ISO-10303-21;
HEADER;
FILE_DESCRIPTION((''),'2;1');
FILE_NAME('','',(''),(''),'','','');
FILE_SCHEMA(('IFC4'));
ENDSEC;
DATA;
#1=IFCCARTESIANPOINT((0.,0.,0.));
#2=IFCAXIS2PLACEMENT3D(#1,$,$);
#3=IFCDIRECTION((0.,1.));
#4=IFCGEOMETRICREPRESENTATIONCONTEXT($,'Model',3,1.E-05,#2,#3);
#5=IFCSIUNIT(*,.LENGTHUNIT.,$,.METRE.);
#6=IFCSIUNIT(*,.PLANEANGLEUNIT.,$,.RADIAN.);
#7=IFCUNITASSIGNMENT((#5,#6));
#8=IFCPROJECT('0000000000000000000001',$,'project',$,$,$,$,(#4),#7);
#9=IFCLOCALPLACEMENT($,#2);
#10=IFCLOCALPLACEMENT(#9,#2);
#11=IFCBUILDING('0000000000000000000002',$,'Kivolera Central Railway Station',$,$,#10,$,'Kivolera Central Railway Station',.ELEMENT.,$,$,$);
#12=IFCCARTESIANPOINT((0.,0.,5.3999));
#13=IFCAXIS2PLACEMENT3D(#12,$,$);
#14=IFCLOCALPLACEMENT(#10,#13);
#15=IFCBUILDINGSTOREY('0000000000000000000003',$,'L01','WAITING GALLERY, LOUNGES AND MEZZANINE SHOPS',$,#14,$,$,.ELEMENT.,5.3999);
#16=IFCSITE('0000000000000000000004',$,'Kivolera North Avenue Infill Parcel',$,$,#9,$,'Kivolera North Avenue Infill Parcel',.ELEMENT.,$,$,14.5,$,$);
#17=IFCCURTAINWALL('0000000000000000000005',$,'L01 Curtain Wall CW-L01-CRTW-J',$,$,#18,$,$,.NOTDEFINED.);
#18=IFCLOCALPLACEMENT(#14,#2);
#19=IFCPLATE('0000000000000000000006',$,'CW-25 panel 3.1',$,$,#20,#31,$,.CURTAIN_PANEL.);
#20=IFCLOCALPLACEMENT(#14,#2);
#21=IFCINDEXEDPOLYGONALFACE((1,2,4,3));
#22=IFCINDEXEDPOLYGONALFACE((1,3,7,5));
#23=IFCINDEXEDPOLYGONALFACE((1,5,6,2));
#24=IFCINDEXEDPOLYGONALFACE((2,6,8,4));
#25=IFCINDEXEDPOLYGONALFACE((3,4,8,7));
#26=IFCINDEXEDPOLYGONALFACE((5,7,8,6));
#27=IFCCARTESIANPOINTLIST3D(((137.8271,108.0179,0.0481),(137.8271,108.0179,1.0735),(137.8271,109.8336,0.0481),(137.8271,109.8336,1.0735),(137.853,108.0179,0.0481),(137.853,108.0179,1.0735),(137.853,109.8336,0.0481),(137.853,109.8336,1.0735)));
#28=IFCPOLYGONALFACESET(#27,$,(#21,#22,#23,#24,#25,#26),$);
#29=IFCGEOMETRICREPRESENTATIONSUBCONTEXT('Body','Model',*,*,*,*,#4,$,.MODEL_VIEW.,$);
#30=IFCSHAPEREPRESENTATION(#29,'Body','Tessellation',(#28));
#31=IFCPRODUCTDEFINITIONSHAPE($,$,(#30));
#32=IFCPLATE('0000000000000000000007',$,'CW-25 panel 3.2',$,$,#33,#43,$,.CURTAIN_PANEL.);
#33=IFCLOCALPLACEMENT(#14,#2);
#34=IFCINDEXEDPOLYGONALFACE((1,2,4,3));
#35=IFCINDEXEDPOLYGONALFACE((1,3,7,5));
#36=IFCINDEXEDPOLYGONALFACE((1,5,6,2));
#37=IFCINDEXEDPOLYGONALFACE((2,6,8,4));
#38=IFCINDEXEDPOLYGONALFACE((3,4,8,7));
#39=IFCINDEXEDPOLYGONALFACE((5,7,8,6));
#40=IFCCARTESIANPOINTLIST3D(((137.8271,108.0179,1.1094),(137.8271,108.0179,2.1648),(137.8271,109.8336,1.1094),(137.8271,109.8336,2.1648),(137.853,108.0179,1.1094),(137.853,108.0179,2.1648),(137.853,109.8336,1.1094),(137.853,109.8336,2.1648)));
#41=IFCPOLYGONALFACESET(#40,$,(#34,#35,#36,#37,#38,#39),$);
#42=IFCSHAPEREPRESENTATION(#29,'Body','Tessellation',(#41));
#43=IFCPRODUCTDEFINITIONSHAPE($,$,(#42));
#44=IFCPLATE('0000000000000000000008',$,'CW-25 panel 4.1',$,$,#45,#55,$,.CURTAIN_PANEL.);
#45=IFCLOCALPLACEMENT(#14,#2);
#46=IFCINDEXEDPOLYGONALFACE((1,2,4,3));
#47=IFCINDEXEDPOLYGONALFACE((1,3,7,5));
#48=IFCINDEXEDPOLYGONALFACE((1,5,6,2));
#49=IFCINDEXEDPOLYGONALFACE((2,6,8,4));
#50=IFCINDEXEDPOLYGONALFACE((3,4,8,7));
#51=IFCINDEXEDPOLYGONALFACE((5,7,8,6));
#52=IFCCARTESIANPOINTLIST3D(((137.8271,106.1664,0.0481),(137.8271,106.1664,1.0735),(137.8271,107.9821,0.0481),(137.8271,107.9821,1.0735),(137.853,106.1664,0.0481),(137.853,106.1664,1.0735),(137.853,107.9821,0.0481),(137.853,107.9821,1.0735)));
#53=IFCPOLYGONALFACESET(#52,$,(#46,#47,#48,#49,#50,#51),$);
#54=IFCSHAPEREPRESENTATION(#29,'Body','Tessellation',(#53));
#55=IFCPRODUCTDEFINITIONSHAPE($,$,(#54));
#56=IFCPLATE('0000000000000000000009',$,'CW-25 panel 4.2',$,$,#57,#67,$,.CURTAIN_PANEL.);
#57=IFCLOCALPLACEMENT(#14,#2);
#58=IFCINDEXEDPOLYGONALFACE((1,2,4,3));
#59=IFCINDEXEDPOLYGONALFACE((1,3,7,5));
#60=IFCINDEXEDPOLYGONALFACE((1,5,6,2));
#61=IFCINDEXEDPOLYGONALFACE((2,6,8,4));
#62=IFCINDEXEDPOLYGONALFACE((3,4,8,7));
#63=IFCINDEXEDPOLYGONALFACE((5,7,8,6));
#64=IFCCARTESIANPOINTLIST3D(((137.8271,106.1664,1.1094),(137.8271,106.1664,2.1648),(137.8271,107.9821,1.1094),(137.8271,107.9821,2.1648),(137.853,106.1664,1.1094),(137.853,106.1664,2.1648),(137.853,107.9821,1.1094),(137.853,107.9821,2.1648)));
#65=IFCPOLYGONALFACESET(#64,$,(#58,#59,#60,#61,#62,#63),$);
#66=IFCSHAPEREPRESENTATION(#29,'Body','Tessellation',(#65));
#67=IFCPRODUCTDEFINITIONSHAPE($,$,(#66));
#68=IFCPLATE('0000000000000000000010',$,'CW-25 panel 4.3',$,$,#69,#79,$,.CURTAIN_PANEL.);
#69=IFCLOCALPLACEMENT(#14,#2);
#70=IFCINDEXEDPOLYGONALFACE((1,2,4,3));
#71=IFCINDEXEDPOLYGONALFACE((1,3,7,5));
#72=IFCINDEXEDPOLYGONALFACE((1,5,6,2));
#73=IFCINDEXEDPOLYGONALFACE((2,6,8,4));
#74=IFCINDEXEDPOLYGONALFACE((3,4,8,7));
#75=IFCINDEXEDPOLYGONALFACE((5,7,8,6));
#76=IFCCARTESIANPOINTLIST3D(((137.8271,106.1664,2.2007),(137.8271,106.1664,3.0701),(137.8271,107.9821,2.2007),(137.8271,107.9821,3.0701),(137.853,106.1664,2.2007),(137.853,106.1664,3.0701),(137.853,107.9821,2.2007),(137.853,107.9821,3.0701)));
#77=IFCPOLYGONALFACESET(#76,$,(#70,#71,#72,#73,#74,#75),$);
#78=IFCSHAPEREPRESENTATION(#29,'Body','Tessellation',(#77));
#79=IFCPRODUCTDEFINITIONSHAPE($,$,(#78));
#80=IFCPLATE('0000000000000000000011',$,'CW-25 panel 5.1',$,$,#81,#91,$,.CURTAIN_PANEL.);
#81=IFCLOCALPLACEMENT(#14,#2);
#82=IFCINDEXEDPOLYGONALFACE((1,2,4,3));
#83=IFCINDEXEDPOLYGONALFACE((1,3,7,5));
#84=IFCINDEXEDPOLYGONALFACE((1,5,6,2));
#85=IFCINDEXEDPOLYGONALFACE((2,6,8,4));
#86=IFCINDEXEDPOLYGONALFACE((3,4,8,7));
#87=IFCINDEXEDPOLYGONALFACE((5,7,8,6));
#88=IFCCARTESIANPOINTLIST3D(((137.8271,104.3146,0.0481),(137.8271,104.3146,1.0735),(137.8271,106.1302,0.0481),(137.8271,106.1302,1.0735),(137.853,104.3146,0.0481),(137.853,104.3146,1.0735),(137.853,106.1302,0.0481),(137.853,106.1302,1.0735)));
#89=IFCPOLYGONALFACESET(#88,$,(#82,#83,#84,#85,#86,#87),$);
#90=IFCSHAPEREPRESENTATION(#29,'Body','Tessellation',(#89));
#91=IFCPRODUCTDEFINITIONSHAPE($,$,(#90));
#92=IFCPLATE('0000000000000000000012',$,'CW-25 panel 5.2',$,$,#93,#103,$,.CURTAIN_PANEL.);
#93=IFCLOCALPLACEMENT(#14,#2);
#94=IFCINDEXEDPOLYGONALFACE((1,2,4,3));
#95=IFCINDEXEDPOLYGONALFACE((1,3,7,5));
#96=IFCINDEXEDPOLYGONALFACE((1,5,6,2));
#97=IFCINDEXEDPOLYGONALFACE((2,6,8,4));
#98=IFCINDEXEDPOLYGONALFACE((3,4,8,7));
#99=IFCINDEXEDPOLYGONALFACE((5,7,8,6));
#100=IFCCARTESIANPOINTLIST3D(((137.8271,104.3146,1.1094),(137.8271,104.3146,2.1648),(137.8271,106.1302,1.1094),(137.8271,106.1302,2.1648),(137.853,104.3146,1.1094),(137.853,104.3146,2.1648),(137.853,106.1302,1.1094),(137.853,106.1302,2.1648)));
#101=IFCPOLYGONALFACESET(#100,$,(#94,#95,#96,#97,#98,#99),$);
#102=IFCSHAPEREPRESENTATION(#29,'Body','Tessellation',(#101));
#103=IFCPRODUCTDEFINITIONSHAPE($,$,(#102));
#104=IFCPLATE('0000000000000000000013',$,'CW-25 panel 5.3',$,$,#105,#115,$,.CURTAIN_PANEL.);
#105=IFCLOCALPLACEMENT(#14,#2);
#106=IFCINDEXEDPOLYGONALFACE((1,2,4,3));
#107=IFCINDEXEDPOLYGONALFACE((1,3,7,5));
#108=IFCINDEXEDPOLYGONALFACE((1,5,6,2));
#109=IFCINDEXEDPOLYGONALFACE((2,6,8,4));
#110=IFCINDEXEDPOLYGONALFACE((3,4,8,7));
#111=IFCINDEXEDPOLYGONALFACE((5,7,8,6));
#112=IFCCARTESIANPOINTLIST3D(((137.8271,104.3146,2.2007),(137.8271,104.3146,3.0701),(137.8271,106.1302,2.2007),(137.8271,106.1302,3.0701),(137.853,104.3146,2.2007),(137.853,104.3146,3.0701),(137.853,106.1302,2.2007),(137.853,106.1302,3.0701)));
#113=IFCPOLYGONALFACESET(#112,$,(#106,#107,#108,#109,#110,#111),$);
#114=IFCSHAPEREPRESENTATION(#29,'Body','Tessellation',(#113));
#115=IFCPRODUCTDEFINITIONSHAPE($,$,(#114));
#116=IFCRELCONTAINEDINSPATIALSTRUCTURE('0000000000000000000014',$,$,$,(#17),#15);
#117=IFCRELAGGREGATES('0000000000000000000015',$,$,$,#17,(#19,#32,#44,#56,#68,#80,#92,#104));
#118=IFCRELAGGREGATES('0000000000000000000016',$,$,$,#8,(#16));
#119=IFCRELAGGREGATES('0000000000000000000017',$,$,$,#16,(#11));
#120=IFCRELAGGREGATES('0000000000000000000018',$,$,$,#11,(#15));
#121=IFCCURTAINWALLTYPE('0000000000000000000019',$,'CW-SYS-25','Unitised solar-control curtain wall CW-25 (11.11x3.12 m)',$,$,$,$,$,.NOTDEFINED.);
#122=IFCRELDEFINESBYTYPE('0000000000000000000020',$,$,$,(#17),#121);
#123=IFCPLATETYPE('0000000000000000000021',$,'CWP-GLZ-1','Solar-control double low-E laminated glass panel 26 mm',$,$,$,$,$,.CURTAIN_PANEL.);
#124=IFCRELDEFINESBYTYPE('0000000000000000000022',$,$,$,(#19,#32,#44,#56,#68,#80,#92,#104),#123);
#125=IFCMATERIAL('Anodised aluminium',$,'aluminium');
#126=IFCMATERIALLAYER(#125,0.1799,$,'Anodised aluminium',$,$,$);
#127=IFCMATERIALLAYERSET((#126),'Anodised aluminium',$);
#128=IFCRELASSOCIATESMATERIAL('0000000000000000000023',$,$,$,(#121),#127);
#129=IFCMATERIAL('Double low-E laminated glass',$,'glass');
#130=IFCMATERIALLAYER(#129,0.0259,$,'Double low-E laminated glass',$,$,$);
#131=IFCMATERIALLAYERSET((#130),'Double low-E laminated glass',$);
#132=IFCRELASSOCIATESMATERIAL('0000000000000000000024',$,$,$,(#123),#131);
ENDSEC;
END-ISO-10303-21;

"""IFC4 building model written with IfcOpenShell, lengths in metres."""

from ifc_helpers import new_model, si_unit, direction, frame, origin, origin_2d, place, context, subcontext, project, spatial, rectangle, extrude, material, layer, layer_set, type_object, element, aggregate, save


model = new_model("IFC4")

# Units and contexts
model_context = context("Model", 3, precision=1e-05, world=origin(), true_north=direction((0.0, 1.0)))
body_context = subcontext(model_context, "Body", "Model", "MODEL_VIEW")
ifc_project = project(units=[si_unit("LENGTHUNIT", "METRE"), si_unit("PLANEANGLEUNIT", "RADIAN")], contexts=[model_context])

# Site, building, storey
site_placement = place(None, origin())
site = spatial("IfcSite", under=ifc_project, at=site_placement, Name="Kivolera North Avenue Infill Parcel", LongName="Kivolera North Avenue Infill Parcel", CompositionType="ELEMENT", RefElevation=14.5)
building_placement = place(site_placement, origin())
building = spatial("IfcBuilding", under=site, at=building_placement, Name="Kivolera Central Railway Station", LongName="Kivolera Central Railway Station", CompositionType="ELEMENT")
storey_placement = place(building_placement, frame((0.0, 0.0, 5.3999)))
storey = spatial("IfcBuildingStorey", under=building, at=storey_placement, Name="L01", Description="WAITING GALLERY, LOUNGES AND MEZZANINE SHOPS", CompositionType="ELEMENT", Elevation=5.3999)

# Curtain wall, plates
ifc_material_1 = material(Name="Anodised aluminium", Category="aluminium")
ifc_layer_1 = layer(ifc_material_1, 0.1799, Name="Anodised aluminium")
ifc_layer_set_1 = layer_set([ifc_layer_1], Name="Anodised aluminium")
curtain_wall_type = type_object("IfcCurtainWallType", Name="CW-SYS-25", Description="Unitised solar-control curtain wall CW-25 (11.11x3.12 m)", PredefinedType="NOTDEFINED", material=ifc_layer_set_1)
curtain_wall_placement = place(storey_placement, origin())
curtain_wall = element("IfcCurtainWall", 1, at=curtain_wall_placement, inside=storey, type_object=curtain_wall_type, Name="L01 Curtain Wall CW-L01-CRTW-J", PredefinedType="NOTDEFINED")
ifc_material_2 = material(Name="Double low-E laminated glass", Category="glass")
ifc_layer_2 = layer(ifc_material_2, 0.0259, Name="Double low-E laminated glass")
ifc_layer_set_2 = layer_set([ifc_layer_2], Name="Double low-E laminated glass")
plate_type = type_object("IfcPlateType", Name="CWP-GLZ-1", Description="Solar-control double low-E laminated glass panel 26 mm", PredefinedType="CURTAIN_PANEL", material=ifc_layer_set_2)
plate_1_placement = place(storey_placement, frame((137.8401, 108.9258, 0.0481), z_axis=(0.0, 0.0, 1.0), x_axis=(0.0, -1.0, 0.0)))
plate_1 = element("IfcPlate", 2, at=plate_1_placement, type_object=plate_type, Name="CW-25 panel 3.1", PredefinedType="CURTAIN_PANEL", context=body_context, shape_type="SweptSolid", body=[
    extrude(rectangle(XDim=1.8157, YDim=0.0259, at=origin_2d()), origin(), (0.0, 0.0, 1.0), 1.0254),
])
plate_2_placement = place(storey_placement, frame((137.8401, 108.9258, 1.1094), z_axis=(0.0, 0.0, 1.0), x_axis=(0.0, -1.0, 0.0)))
plate_2 = element("IfcPlate", 3, at=plate_2_placement, type_object=plate_type, Name="CW-25 panel 3.2", PredefinedType="CURTAIN_PANEL", context=body_context, shape_type="SweptSolid", body=[
    extrude(rectangle(XDim=1.8157, YDim=0.0259, at=origin_2d()), origin(), (0.0, 0.0, 1.0), 1.0554),
])
plate_3_placement = place(storey_placement, frame((137.8401, 107.0742, 0.0481), z_axis=(0.0, 0.0, 1.0), x_axis=(0.0, -1.0, 0.0)))
plate_3 = element("IfcPlate", 4, at=plate_3_placement, type_object=plate_type, Name="CW-25 panel 4.1", PredefinedType="CURTAIN_PANEL", context=body_context, shape_type="SweptSolid", body=[
    extrude(rectangle(XDim=1.8157, YDim=0.0259, at=origin_2d()), origin(), (0.0, 0.0, 1.0), 1.0254),
])
plate_4_placement = place(storey_placement, frame((137.8401, 107.0742, 1.1094), z_axis=(0.0, 0.0, 1.0), x_axis=(0.0, -1.0, 0.0)))
plate_4 = element("IfcPlate", 5, at=plate_4_placement, type_object=plate_type, Name="CW-25 panel 4.2", PredefinedType="CURTAIN_PANEL", context=body_context, shape_type="SweptSolid", body=[
    extrude(rectangle(XDim=1.8157, YDim=0.0259, at=origin_2d()), origin(), (0.0, 0.0, 1.0), 1.0554),
])
plate_5_placement = place(storey_placement, frame((137.8401, 107.0742, 2.2007), z_axis=(0.0, 0.0, 1.0), x_axis=(0.0, -1.0, 0.0)))
plate_5 = element("IfcPlate", 6, at=plate_5_placement, type_object=plate_type, Name="CW-25 panel 4.3", PredefinedType="CURTAIN_PANEL", context=body_context, shape_type="SweptSolid", body=[
    extrude(rectangle(XDim=1.8157, YDim=0.0259, at=origin_2d()), origin(), (0.0, 0.0, 1.0), 0.8694),
])
plate_6_placement = place(storey_placement, frame((137.8401, 105.2224, 0.0481), z_axis=(0.0, 0.0, 1.0), x_axis=(0.0, -1.0, 0.0)))
plate_6 = element("IfcPlate", 7, at=plate_6_placement, type_object=plate_type, Name="CW-25 panel 5.1", PredefinedType="CURTAIN_PANEL", context=body_context, shape_type="SweptSolid", body=[
    extrude(rectangle(XDim=1.8157, YDim=0.0259, at=origin_2d()), origin(), (0.0, 0.0, 1.0), 1.0254),
])
plate_7_placement = place(storey_placement, frame((137.8401, 105.2224, 1.1094), z_axis=(0.0, 0.0, 1.0), x_axis=(0.0, -1.0, 0.0)))
plate_7 = element("IfcPlate", 8, at=plate_7_placement, type_object=plate_type, Name="CW-25 panel 5.2", PredefinedType="CURTAIN_PANEL", context=body_context, shape_type="SweptSolid", body=[
    extrude(rectangle(XDim=1.8157, YDim=0.0259, at=origin_2d()), origin(), (0.0, 0.0, 1.0), 1.0554),
])
plate_8_placement = place(storey_placement, frame((137.8401, 105.2224, 2.2007), z_axis=(0.0, 0.0, 1.0), x_axis=(0.0, -1.0, 0.0)))
plate_8 = element("IfcPlate", 9, at=plate_8_placement, type_object=plate_type, Name="CW-25 panel 5.3", PredefinedType="CURTAIN_PANEL", context=body_context, shape_type="SweptSolid", body=[
    extrude(rectangle(XDim=1.8157, YDim=0.0259, at=origin_2d()), origin(), (0.0, 0.0, 1.0), 0.8694),
])
aggregate(curtain_wall, [plate_1, plate_2, plate_3, plate_4, plate_5, plate_6, plate_7, plate_8])

save(model, "model.ifc")
